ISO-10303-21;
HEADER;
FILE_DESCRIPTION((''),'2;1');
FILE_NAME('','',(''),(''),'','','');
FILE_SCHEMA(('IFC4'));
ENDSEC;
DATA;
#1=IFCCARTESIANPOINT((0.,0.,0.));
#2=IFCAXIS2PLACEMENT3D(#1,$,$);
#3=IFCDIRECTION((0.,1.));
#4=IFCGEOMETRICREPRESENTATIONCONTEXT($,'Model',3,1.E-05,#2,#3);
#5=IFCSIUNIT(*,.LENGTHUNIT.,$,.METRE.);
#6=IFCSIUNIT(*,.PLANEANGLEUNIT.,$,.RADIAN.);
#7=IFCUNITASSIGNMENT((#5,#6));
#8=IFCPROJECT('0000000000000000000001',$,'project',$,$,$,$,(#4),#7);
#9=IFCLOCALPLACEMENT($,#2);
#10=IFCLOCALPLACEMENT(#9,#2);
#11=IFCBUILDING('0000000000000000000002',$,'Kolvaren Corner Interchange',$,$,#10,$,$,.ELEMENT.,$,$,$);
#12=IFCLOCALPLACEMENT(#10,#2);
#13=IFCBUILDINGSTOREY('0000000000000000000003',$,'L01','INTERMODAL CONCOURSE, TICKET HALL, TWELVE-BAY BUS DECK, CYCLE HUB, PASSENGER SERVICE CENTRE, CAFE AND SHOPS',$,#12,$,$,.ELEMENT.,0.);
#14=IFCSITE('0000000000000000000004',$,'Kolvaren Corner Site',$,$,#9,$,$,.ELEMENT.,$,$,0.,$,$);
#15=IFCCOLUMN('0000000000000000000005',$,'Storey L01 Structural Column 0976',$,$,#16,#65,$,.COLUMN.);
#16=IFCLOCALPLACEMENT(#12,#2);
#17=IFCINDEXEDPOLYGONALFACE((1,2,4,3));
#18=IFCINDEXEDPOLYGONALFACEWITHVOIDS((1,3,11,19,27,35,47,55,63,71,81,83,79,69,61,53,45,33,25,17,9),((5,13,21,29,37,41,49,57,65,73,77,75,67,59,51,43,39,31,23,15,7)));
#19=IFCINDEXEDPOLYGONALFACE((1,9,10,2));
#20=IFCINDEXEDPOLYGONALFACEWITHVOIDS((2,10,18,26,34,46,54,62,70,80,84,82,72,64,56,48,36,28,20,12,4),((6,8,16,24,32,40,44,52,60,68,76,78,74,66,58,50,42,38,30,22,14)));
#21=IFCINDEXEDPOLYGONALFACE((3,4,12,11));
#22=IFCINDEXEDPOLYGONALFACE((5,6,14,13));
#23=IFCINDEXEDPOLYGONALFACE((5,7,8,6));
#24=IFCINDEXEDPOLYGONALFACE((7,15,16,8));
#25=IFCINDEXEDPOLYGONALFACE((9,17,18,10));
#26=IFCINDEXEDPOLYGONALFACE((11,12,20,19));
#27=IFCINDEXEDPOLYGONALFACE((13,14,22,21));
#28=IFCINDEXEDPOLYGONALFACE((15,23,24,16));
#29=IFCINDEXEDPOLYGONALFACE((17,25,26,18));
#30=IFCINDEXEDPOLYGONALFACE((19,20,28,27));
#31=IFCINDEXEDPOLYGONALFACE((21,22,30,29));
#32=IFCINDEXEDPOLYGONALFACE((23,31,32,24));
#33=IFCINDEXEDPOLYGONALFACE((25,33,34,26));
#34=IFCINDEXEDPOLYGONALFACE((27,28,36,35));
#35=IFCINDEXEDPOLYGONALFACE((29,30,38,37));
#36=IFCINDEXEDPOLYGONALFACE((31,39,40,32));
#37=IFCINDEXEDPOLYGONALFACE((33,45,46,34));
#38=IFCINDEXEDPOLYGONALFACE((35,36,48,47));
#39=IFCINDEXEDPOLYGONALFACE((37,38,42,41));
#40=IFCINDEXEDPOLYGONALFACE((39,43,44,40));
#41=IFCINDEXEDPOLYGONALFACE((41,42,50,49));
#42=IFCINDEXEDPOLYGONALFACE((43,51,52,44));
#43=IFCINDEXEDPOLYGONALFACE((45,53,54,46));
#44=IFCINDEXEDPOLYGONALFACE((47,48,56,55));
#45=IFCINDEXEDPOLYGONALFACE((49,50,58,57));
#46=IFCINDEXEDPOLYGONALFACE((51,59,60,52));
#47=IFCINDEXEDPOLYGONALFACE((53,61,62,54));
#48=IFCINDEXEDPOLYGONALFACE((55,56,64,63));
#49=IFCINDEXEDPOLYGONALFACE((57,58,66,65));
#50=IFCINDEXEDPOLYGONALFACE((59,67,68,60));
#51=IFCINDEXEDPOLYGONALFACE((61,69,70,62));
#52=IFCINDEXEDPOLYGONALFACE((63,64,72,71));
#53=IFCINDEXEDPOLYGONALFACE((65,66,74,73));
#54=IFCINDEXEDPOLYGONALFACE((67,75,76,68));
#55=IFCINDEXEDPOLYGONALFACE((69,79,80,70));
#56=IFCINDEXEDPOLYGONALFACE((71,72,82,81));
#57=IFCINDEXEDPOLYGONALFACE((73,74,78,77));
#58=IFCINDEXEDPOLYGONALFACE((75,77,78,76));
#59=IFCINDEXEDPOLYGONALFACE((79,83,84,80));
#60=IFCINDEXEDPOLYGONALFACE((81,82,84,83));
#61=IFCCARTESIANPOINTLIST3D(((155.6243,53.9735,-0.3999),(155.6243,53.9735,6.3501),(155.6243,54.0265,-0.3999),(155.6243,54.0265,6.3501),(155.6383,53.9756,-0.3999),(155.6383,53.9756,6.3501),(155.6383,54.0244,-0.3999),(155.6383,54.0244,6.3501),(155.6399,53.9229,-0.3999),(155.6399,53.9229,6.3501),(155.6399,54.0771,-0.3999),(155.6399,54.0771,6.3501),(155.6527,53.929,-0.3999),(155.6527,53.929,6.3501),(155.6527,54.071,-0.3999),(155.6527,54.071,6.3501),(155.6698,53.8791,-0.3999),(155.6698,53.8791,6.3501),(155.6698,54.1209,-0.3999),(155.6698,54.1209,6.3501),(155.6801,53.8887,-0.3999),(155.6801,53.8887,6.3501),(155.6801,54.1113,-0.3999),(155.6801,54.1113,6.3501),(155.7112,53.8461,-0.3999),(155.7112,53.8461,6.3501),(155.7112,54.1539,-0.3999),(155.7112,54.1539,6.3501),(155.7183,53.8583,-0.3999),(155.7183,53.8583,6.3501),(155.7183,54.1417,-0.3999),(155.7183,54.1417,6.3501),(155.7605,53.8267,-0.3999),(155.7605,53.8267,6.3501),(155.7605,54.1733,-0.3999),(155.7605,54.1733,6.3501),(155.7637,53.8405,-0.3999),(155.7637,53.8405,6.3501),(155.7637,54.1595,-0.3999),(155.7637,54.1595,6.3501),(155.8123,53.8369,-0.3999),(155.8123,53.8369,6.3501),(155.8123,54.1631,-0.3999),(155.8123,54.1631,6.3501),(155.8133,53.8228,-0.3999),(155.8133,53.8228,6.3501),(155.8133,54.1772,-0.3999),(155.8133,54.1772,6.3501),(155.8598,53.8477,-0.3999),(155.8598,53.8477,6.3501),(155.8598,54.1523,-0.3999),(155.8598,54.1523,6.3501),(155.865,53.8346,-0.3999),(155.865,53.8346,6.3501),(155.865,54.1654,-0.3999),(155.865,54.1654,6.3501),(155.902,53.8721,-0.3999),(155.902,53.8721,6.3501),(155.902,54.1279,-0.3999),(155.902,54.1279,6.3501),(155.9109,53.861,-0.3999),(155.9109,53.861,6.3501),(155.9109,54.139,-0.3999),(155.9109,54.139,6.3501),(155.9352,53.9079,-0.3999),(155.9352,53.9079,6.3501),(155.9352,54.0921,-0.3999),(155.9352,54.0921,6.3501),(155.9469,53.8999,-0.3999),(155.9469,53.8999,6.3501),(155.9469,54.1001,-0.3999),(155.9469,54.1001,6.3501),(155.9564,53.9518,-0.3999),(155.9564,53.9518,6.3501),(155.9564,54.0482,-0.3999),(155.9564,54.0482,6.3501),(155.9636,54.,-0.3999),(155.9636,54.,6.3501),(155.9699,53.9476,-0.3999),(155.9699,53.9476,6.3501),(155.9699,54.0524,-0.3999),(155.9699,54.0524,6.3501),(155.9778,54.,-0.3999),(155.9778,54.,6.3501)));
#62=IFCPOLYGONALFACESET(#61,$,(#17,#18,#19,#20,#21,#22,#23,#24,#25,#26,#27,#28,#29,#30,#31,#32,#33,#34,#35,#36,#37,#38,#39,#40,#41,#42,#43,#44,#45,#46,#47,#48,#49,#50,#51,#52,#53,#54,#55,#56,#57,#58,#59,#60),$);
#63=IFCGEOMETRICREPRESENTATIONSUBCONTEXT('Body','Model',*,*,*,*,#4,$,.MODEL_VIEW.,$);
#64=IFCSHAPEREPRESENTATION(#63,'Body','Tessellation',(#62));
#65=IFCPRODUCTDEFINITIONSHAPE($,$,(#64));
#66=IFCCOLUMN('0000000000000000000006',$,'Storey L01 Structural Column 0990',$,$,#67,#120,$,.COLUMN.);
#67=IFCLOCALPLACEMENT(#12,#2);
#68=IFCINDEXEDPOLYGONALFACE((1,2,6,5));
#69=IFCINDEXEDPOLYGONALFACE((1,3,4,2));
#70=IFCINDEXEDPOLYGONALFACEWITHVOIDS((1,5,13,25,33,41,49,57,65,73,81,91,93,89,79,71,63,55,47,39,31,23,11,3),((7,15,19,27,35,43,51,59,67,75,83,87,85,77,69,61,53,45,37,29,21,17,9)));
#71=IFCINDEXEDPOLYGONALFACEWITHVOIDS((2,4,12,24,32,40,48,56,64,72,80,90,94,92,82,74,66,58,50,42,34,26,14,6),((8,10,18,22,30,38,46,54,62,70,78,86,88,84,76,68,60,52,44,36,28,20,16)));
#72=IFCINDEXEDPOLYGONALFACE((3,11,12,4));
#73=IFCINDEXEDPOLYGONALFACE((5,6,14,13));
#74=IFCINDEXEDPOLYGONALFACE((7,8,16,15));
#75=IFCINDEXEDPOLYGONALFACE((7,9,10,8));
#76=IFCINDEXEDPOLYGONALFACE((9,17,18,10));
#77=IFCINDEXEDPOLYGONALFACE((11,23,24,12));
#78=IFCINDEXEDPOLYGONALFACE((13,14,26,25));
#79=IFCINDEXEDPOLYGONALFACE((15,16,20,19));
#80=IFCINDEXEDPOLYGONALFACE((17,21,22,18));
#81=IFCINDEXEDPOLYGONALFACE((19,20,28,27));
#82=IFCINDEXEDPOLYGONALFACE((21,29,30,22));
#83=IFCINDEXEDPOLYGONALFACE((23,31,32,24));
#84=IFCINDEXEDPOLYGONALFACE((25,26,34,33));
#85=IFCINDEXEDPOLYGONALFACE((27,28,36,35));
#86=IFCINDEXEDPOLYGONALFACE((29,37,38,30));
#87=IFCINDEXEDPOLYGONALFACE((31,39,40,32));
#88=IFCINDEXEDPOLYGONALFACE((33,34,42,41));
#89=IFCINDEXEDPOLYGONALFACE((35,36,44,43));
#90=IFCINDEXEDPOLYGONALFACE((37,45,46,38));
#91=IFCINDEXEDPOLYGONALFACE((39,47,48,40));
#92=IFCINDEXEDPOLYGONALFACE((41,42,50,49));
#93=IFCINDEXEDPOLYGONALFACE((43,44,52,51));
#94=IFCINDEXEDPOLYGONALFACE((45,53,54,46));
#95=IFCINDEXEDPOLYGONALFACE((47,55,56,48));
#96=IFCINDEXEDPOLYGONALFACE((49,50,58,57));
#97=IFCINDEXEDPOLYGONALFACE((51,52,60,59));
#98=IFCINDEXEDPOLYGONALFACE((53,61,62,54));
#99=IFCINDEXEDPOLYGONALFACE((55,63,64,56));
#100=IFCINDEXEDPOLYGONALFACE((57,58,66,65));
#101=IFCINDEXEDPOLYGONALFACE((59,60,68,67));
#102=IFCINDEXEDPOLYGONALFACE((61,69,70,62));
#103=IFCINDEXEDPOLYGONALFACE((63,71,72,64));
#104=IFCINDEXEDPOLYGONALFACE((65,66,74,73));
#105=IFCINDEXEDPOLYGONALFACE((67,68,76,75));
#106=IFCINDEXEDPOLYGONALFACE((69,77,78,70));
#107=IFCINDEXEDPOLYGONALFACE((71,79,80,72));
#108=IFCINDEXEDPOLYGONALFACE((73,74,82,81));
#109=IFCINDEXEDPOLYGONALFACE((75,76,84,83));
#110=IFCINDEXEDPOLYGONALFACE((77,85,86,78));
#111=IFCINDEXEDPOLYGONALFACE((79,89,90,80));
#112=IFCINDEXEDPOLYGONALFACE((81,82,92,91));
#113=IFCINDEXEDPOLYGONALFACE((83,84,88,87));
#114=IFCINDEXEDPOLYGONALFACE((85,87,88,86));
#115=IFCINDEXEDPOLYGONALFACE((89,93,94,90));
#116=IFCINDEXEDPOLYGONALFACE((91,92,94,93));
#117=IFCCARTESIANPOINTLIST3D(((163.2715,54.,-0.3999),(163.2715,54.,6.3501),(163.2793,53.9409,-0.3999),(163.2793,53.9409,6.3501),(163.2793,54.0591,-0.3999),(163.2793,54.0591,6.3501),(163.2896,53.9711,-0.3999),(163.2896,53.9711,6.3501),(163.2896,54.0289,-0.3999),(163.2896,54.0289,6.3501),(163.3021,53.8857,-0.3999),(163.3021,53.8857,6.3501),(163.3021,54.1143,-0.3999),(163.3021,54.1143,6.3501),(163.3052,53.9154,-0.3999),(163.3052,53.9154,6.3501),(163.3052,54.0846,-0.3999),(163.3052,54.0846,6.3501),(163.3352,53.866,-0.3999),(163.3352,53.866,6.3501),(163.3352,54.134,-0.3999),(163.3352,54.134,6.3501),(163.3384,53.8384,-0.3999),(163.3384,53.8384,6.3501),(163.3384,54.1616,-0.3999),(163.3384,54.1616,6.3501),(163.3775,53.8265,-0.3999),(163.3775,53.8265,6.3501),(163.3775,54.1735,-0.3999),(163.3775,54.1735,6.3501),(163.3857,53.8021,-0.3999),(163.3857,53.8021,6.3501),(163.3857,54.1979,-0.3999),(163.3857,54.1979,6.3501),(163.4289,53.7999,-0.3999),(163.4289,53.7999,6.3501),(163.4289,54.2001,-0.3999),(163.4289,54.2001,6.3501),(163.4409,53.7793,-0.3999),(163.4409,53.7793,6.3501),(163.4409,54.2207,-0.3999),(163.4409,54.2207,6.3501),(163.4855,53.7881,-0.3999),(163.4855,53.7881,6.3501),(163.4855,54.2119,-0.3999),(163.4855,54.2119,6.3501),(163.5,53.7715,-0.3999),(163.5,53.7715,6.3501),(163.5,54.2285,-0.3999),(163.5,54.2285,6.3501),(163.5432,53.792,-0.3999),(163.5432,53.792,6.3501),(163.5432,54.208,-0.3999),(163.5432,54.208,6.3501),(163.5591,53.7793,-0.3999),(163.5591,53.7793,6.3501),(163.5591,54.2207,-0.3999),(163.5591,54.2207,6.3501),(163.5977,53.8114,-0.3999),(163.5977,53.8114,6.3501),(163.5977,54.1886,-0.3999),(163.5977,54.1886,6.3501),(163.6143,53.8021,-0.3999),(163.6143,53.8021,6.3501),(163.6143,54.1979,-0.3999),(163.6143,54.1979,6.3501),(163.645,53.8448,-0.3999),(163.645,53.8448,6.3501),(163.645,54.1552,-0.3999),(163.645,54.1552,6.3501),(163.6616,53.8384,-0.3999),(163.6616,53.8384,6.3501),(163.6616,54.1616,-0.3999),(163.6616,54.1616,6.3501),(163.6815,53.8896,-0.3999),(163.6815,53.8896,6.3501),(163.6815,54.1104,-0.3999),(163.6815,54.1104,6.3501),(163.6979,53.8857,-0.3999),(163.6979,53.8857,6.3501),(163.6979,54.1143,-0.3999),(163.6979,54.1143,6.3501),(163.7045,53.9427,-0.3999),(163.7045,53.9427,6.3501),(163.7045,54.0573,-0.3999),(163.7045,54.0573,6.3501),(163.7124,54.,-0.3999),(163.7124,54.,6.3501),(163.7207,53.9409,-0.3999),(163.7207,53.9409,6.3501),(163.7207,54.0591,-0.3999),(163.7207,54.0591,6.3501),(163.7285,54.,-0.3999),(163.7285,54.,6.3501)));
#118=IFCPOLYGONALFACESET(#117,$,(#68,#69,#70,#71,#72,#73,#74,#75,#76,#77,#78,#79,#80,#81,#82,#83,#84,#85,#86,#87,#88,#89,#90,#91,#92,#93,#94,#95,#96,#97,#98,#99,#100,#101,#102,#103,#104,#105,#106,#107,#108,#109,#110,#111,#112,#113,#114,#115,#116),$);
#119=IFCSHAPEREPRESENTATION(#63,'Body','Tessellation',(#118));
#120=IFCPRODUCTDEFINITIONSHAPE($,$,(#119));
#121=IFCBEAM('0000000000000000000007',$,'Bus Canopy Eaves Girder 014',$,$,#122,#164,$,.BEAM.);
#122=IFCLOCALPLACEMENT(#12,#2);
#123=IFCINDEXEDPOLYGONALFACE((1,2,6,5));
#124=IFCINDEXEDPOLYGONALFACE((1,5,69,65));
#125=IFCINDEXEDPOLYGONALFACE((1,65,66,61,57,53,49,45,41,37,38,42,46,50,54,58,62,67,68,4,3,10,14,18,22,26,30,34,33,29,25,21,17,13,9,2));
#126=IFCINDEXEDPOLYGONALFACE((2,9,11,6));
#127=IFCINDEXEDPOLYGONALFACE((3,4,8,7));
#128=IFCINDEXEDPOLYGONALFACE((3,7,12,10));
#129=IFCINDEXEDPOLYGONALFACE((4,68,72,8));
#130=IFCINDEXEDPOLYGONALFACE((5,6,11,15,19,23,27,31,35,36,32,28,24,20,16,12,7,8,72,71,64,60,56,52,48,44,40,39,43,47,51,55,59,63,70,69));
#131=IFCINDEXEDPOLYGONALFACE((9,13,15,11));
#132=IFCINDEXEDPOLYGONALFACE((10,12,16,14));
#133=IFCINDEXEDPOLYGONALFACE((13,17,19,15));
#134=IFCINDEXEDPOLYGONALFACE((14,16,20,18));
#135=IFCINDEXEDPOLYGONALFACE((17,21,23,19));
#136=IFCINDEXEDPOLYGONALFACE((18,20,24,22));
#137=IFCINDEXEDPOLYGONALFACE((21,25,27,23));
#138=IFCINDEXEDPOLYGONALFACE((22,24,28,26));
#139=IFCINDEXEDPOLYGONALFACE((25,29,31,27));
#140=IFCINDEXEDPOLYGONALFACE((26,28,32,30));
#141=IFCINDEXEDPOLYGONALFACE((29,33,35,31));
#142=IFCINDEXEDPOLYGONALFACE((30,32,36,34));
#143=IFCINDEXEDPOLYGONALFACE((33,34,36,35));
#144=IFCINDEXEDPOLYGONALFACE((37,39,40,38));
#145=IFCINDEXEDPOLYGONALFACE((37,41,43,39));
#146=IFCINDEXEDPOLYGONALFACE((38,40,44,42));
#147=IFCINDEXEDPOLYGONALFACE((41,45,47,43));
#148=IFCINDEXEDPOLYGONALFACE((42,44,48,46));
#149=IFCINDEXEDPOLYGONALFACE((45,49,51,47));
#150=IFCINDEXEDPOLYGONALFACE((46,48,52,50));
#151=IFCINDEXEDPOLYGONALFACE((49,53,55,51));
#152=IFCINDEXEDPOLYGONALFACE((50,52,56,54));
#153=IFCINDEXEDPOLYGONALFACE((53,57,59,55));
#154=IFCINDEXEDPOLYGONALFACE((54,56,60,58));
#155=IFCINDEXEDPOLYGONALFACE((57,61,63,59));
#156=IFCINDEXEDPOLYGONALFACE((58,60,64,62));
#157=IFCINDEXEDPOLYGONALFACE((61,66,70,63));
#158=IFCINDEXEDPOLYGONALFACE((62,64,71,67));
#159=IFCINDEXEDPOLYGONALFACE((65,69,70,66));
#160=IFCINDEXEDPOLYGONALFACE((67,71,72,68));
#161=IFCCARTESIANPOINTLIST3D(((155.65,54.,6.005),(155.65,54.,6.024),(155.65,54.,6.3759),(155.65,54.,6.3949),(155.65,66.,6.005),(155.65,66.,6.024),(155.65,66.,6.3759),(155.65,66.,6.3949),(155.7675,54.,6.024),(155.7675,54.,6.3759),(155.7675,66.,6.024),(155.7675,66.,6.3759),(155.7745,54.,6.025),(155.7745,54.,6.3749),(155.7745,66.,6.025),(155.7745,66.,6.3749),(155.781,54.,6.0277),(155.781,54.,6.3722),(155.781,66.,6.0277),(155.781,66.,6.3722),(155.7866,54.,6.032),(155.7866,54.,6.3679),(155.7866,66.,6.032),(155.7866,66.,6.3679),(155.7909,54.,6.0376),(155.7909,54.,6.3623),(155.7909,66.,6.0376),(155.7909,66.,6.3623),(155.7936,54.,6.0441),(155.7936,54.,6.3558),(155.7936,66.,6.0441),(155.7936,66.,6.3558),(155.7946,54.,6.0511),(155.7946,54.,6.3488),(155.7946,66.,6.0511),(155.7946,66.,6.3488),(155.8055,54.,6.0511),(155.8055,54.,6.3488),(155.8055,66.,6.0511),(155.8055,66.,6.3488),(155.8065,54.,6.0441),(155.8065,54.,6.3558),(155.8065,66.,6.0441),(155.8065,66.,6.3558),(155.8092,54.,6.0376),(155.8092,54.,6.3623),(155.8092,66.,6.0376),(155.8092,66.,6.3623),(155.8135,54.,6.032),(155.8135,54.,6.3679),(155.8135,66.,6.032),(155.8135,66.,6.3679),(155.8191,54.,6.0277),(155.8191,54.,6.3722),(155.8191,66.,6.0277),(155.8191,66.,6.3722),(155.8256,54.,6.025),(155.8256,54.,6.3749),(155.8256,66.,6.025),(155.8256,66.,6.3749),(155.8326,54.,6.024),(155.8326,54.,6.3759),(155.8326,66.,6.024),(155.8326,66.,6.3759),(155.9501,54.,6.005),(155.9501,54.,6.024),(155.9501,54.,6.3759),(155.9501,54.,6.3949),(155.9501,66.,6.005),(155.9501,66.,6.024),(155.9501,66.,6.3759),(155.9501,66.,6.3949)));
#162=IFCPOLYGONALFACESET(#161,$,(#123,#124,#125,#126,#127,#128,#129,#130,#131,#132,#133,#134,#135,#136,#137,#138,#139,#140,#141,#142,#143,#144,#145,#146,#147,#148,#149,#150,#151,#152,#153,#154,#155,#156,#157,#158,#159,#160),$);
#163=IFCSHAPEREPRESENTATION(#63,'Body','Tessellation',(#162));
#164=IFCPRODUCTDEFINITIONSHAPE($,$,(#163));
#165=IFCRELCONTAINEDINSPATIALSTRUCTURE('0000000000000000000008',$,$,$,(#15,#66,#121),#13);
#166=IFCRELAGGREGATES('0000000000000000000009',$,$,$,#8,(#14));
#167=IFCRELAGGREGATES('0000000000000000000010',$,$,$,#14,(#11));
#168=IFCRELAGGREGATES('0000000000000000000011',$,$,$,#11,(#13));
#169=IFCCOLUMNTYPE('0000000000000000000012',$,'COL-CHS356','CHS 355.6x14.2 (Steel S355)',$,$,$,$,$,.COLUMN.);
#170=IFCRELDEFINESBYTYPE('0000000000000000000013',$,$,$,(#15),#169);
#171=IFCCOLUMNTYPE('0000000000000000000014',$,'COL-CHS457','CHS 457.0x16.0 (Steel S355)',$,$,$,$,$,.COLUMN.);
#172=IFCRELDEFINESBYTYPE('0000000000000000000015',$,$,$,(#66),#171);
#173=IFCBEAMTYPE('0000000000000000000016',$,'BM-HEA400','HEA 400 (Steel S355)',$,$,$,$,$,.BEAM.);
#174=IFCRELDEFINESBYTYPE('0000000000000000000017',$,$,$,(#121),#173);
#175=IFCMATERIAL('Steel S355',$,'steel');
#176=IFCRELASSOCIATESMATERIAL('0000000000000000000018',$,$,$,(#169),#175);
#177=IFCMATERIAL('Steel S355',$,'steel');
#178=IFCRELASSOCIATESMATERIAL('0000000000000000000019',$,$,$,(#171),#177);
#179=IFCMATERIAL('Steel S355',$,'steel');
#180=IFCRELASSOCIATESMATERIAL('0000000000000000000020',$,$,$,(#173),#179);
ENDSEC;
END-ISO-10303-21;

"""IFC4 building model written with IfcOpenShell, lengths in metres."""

from ifc_helpers import new_model, si_unit, direction, frame, origin, origin_2d, place, context, subcontext, project, spatial, hollow_circle, i_section, extrude, material, material_profile, profile_set, type_object, element, save


model = new_model("IFC4")

# Units and contexts
model_context = context("Model", 3, precision=1e-05, world=origin(), true_north=direction((0.0, 1.0)))
body_context = subcontext(model_context, "Body", "Model", "MODEL_VIEW")
ifc_project = project(units=[si_unit("LENGTHUNIT", "METRE"), si_unit("PLANEANGLEUNIT", "RADIAN")], contexts=[model_context])

# Site, building, storey
site_placement = place(None, origin())
site = spatial("IfcSite", under=ifc_project, at=site_placement, Name="Kolvaren Corner Site", CompositionType="ELEMENT", RefElevation=0.0)
building_placement = place(site_placement, origin())
building = spatial("IfcBuilding", under=site, at=building_placement, Name="Kolvaren Corner Interchange", CompositionType="ELEMENT")
storey_placement = place(building_placement, origin())
storey = spatial("IfcBuildingStorey", under=building, at=storey_placement, Name="L01", Description="INTERMODAL CONCOURSE, TICKET HALL, TWELVE-BAY BUS DECK, CYCLE HUB, PASSENGER SERVICE CENTRE, CAFE AND SHOPS", CompositionType="ELEMENT", Elevation=0.0)

# Columns
ifc_material_1 = material(Name="Steel S355", Category="steel")
ifc_material_profile_1 = material_profile(ifc_material_1, hollow_circle(Radius=0.1777, WallThickness=0.0142, at=origin_2d()), Name="CHS 355.6x14.2")
ifc_profile_set_1 = profile_set([ifc_material_profile_1], Name="Steel S355")
column_type_1 = type_object("IfcColumnType", Name="COL-CHS356", Description="CHS 355.6x14.2 (Steel S355)", PredefinedType="COLUMN", material=ifc_profile_set_1)
column_1_placement = place(storey_placement, frame((155.8, 54.0, -0.3999), z_axis=(0.0, 0.0, 1.0), x_axis=(1.0, 0.0, 0.0)))
element("IfcColumn", 1, at=column_1_placement, inside=storey, type_object=column_type_1, Name="Storey L01 Structural Column 0976", PredefinedType="COLUMN", context=body_context, shape_type="SweptSolid", body=[
    extrude(hollow_circle(Radius=0.1777, WallThickness=0.0142, at=origin_2d()), origin(), (0.0, 0.0, 1.0), 6.75),
])
ifc_material_2 = material(Name="Steel S355", Category="steel")
ifc_material_profile_2 = material_profile(ifc_material_2, hollow_circle(Radius=0.2285, WallThickness=0.0161, at=origin_2d()), Name="CHS 457.0x16.0")
ifc_profile_set_2 = profile_set([ifc_material_profile_2], Name="Steel S355")
column_type_2 = type_object("IfcColumnType", Name="COL-CHS457", Description="CHS 457.0x16.0 (Steel S355)", PredefinedType="COLUMN", material=ifc_profile_set_2)
column_2_placement = place(storey_placement, frame((163.5, 54.0, -0.3999), z_axis=(0.0, 0.0, 1.0), x_axis=(1.0, 0.0, 0.0)))
element("IfcColumn", 2, at=column_2_placement, inside=storey, type_object=column_type_2, Name="Storey L01 Structural Column 0990", PredefinedType="COLUMN", context=body_context, shape_type="SweptSolid", body=[
    extrude(hollow_circle(Radius=0.2285, WallThickness=0.0161, at=origin_2d()), origin(), (0.0, 0.0, 1.0), 6.75),
])

# Beam
ifc_material_3 = material(Name="Steel S355", Category="steel")
ifc_material_profile_3 = material_profile(ifc_material_3, i_section(OverallWidth=0.3, OverallDepth=0.3899, WebThickness=0.011, FlangeThickness=0.019, FilletRadius=0.0271, at=origin_2d()), Name="HEA 400")
ifc_profile_set_3 = profile_set([ifc_material_profile_3], Name="Steel S355")
beam_type = type_object("IfcBeamType", Name="BM-HEA400", Description="HEA 400 (Steel S355)", PredefinedType="BEAM", material=ifc_profile_set_3)
for number, where, z_axis, x_axis, name in (
    (3, (155.8, 54.0, 6.2), (0.0, 1.0, 0.0), (-1.0, 0.0, 0.0), "Bus Canopy Eaves Girder 014"),
):
    element("IfcBeam", number, at=place(storey_placement, frame(where, z_axis=z_axis, x_axis=x_axis)), inside=storey, type_object=beam_type, Name=name, PredefinedType="BEAM", context=body_context, shape_type="SweptSolid", body=[
        extrude(i_section(OverallWidth=0.3, OverallDepth=0.3899, WebThickness=0.011, FlangeThickness=0.019, FilletRadius=0.0271, at=origin_2d()), origin(), (0.0, 0.0, 1.0), 12.0),
    ])

save(model, "model.ifc")
